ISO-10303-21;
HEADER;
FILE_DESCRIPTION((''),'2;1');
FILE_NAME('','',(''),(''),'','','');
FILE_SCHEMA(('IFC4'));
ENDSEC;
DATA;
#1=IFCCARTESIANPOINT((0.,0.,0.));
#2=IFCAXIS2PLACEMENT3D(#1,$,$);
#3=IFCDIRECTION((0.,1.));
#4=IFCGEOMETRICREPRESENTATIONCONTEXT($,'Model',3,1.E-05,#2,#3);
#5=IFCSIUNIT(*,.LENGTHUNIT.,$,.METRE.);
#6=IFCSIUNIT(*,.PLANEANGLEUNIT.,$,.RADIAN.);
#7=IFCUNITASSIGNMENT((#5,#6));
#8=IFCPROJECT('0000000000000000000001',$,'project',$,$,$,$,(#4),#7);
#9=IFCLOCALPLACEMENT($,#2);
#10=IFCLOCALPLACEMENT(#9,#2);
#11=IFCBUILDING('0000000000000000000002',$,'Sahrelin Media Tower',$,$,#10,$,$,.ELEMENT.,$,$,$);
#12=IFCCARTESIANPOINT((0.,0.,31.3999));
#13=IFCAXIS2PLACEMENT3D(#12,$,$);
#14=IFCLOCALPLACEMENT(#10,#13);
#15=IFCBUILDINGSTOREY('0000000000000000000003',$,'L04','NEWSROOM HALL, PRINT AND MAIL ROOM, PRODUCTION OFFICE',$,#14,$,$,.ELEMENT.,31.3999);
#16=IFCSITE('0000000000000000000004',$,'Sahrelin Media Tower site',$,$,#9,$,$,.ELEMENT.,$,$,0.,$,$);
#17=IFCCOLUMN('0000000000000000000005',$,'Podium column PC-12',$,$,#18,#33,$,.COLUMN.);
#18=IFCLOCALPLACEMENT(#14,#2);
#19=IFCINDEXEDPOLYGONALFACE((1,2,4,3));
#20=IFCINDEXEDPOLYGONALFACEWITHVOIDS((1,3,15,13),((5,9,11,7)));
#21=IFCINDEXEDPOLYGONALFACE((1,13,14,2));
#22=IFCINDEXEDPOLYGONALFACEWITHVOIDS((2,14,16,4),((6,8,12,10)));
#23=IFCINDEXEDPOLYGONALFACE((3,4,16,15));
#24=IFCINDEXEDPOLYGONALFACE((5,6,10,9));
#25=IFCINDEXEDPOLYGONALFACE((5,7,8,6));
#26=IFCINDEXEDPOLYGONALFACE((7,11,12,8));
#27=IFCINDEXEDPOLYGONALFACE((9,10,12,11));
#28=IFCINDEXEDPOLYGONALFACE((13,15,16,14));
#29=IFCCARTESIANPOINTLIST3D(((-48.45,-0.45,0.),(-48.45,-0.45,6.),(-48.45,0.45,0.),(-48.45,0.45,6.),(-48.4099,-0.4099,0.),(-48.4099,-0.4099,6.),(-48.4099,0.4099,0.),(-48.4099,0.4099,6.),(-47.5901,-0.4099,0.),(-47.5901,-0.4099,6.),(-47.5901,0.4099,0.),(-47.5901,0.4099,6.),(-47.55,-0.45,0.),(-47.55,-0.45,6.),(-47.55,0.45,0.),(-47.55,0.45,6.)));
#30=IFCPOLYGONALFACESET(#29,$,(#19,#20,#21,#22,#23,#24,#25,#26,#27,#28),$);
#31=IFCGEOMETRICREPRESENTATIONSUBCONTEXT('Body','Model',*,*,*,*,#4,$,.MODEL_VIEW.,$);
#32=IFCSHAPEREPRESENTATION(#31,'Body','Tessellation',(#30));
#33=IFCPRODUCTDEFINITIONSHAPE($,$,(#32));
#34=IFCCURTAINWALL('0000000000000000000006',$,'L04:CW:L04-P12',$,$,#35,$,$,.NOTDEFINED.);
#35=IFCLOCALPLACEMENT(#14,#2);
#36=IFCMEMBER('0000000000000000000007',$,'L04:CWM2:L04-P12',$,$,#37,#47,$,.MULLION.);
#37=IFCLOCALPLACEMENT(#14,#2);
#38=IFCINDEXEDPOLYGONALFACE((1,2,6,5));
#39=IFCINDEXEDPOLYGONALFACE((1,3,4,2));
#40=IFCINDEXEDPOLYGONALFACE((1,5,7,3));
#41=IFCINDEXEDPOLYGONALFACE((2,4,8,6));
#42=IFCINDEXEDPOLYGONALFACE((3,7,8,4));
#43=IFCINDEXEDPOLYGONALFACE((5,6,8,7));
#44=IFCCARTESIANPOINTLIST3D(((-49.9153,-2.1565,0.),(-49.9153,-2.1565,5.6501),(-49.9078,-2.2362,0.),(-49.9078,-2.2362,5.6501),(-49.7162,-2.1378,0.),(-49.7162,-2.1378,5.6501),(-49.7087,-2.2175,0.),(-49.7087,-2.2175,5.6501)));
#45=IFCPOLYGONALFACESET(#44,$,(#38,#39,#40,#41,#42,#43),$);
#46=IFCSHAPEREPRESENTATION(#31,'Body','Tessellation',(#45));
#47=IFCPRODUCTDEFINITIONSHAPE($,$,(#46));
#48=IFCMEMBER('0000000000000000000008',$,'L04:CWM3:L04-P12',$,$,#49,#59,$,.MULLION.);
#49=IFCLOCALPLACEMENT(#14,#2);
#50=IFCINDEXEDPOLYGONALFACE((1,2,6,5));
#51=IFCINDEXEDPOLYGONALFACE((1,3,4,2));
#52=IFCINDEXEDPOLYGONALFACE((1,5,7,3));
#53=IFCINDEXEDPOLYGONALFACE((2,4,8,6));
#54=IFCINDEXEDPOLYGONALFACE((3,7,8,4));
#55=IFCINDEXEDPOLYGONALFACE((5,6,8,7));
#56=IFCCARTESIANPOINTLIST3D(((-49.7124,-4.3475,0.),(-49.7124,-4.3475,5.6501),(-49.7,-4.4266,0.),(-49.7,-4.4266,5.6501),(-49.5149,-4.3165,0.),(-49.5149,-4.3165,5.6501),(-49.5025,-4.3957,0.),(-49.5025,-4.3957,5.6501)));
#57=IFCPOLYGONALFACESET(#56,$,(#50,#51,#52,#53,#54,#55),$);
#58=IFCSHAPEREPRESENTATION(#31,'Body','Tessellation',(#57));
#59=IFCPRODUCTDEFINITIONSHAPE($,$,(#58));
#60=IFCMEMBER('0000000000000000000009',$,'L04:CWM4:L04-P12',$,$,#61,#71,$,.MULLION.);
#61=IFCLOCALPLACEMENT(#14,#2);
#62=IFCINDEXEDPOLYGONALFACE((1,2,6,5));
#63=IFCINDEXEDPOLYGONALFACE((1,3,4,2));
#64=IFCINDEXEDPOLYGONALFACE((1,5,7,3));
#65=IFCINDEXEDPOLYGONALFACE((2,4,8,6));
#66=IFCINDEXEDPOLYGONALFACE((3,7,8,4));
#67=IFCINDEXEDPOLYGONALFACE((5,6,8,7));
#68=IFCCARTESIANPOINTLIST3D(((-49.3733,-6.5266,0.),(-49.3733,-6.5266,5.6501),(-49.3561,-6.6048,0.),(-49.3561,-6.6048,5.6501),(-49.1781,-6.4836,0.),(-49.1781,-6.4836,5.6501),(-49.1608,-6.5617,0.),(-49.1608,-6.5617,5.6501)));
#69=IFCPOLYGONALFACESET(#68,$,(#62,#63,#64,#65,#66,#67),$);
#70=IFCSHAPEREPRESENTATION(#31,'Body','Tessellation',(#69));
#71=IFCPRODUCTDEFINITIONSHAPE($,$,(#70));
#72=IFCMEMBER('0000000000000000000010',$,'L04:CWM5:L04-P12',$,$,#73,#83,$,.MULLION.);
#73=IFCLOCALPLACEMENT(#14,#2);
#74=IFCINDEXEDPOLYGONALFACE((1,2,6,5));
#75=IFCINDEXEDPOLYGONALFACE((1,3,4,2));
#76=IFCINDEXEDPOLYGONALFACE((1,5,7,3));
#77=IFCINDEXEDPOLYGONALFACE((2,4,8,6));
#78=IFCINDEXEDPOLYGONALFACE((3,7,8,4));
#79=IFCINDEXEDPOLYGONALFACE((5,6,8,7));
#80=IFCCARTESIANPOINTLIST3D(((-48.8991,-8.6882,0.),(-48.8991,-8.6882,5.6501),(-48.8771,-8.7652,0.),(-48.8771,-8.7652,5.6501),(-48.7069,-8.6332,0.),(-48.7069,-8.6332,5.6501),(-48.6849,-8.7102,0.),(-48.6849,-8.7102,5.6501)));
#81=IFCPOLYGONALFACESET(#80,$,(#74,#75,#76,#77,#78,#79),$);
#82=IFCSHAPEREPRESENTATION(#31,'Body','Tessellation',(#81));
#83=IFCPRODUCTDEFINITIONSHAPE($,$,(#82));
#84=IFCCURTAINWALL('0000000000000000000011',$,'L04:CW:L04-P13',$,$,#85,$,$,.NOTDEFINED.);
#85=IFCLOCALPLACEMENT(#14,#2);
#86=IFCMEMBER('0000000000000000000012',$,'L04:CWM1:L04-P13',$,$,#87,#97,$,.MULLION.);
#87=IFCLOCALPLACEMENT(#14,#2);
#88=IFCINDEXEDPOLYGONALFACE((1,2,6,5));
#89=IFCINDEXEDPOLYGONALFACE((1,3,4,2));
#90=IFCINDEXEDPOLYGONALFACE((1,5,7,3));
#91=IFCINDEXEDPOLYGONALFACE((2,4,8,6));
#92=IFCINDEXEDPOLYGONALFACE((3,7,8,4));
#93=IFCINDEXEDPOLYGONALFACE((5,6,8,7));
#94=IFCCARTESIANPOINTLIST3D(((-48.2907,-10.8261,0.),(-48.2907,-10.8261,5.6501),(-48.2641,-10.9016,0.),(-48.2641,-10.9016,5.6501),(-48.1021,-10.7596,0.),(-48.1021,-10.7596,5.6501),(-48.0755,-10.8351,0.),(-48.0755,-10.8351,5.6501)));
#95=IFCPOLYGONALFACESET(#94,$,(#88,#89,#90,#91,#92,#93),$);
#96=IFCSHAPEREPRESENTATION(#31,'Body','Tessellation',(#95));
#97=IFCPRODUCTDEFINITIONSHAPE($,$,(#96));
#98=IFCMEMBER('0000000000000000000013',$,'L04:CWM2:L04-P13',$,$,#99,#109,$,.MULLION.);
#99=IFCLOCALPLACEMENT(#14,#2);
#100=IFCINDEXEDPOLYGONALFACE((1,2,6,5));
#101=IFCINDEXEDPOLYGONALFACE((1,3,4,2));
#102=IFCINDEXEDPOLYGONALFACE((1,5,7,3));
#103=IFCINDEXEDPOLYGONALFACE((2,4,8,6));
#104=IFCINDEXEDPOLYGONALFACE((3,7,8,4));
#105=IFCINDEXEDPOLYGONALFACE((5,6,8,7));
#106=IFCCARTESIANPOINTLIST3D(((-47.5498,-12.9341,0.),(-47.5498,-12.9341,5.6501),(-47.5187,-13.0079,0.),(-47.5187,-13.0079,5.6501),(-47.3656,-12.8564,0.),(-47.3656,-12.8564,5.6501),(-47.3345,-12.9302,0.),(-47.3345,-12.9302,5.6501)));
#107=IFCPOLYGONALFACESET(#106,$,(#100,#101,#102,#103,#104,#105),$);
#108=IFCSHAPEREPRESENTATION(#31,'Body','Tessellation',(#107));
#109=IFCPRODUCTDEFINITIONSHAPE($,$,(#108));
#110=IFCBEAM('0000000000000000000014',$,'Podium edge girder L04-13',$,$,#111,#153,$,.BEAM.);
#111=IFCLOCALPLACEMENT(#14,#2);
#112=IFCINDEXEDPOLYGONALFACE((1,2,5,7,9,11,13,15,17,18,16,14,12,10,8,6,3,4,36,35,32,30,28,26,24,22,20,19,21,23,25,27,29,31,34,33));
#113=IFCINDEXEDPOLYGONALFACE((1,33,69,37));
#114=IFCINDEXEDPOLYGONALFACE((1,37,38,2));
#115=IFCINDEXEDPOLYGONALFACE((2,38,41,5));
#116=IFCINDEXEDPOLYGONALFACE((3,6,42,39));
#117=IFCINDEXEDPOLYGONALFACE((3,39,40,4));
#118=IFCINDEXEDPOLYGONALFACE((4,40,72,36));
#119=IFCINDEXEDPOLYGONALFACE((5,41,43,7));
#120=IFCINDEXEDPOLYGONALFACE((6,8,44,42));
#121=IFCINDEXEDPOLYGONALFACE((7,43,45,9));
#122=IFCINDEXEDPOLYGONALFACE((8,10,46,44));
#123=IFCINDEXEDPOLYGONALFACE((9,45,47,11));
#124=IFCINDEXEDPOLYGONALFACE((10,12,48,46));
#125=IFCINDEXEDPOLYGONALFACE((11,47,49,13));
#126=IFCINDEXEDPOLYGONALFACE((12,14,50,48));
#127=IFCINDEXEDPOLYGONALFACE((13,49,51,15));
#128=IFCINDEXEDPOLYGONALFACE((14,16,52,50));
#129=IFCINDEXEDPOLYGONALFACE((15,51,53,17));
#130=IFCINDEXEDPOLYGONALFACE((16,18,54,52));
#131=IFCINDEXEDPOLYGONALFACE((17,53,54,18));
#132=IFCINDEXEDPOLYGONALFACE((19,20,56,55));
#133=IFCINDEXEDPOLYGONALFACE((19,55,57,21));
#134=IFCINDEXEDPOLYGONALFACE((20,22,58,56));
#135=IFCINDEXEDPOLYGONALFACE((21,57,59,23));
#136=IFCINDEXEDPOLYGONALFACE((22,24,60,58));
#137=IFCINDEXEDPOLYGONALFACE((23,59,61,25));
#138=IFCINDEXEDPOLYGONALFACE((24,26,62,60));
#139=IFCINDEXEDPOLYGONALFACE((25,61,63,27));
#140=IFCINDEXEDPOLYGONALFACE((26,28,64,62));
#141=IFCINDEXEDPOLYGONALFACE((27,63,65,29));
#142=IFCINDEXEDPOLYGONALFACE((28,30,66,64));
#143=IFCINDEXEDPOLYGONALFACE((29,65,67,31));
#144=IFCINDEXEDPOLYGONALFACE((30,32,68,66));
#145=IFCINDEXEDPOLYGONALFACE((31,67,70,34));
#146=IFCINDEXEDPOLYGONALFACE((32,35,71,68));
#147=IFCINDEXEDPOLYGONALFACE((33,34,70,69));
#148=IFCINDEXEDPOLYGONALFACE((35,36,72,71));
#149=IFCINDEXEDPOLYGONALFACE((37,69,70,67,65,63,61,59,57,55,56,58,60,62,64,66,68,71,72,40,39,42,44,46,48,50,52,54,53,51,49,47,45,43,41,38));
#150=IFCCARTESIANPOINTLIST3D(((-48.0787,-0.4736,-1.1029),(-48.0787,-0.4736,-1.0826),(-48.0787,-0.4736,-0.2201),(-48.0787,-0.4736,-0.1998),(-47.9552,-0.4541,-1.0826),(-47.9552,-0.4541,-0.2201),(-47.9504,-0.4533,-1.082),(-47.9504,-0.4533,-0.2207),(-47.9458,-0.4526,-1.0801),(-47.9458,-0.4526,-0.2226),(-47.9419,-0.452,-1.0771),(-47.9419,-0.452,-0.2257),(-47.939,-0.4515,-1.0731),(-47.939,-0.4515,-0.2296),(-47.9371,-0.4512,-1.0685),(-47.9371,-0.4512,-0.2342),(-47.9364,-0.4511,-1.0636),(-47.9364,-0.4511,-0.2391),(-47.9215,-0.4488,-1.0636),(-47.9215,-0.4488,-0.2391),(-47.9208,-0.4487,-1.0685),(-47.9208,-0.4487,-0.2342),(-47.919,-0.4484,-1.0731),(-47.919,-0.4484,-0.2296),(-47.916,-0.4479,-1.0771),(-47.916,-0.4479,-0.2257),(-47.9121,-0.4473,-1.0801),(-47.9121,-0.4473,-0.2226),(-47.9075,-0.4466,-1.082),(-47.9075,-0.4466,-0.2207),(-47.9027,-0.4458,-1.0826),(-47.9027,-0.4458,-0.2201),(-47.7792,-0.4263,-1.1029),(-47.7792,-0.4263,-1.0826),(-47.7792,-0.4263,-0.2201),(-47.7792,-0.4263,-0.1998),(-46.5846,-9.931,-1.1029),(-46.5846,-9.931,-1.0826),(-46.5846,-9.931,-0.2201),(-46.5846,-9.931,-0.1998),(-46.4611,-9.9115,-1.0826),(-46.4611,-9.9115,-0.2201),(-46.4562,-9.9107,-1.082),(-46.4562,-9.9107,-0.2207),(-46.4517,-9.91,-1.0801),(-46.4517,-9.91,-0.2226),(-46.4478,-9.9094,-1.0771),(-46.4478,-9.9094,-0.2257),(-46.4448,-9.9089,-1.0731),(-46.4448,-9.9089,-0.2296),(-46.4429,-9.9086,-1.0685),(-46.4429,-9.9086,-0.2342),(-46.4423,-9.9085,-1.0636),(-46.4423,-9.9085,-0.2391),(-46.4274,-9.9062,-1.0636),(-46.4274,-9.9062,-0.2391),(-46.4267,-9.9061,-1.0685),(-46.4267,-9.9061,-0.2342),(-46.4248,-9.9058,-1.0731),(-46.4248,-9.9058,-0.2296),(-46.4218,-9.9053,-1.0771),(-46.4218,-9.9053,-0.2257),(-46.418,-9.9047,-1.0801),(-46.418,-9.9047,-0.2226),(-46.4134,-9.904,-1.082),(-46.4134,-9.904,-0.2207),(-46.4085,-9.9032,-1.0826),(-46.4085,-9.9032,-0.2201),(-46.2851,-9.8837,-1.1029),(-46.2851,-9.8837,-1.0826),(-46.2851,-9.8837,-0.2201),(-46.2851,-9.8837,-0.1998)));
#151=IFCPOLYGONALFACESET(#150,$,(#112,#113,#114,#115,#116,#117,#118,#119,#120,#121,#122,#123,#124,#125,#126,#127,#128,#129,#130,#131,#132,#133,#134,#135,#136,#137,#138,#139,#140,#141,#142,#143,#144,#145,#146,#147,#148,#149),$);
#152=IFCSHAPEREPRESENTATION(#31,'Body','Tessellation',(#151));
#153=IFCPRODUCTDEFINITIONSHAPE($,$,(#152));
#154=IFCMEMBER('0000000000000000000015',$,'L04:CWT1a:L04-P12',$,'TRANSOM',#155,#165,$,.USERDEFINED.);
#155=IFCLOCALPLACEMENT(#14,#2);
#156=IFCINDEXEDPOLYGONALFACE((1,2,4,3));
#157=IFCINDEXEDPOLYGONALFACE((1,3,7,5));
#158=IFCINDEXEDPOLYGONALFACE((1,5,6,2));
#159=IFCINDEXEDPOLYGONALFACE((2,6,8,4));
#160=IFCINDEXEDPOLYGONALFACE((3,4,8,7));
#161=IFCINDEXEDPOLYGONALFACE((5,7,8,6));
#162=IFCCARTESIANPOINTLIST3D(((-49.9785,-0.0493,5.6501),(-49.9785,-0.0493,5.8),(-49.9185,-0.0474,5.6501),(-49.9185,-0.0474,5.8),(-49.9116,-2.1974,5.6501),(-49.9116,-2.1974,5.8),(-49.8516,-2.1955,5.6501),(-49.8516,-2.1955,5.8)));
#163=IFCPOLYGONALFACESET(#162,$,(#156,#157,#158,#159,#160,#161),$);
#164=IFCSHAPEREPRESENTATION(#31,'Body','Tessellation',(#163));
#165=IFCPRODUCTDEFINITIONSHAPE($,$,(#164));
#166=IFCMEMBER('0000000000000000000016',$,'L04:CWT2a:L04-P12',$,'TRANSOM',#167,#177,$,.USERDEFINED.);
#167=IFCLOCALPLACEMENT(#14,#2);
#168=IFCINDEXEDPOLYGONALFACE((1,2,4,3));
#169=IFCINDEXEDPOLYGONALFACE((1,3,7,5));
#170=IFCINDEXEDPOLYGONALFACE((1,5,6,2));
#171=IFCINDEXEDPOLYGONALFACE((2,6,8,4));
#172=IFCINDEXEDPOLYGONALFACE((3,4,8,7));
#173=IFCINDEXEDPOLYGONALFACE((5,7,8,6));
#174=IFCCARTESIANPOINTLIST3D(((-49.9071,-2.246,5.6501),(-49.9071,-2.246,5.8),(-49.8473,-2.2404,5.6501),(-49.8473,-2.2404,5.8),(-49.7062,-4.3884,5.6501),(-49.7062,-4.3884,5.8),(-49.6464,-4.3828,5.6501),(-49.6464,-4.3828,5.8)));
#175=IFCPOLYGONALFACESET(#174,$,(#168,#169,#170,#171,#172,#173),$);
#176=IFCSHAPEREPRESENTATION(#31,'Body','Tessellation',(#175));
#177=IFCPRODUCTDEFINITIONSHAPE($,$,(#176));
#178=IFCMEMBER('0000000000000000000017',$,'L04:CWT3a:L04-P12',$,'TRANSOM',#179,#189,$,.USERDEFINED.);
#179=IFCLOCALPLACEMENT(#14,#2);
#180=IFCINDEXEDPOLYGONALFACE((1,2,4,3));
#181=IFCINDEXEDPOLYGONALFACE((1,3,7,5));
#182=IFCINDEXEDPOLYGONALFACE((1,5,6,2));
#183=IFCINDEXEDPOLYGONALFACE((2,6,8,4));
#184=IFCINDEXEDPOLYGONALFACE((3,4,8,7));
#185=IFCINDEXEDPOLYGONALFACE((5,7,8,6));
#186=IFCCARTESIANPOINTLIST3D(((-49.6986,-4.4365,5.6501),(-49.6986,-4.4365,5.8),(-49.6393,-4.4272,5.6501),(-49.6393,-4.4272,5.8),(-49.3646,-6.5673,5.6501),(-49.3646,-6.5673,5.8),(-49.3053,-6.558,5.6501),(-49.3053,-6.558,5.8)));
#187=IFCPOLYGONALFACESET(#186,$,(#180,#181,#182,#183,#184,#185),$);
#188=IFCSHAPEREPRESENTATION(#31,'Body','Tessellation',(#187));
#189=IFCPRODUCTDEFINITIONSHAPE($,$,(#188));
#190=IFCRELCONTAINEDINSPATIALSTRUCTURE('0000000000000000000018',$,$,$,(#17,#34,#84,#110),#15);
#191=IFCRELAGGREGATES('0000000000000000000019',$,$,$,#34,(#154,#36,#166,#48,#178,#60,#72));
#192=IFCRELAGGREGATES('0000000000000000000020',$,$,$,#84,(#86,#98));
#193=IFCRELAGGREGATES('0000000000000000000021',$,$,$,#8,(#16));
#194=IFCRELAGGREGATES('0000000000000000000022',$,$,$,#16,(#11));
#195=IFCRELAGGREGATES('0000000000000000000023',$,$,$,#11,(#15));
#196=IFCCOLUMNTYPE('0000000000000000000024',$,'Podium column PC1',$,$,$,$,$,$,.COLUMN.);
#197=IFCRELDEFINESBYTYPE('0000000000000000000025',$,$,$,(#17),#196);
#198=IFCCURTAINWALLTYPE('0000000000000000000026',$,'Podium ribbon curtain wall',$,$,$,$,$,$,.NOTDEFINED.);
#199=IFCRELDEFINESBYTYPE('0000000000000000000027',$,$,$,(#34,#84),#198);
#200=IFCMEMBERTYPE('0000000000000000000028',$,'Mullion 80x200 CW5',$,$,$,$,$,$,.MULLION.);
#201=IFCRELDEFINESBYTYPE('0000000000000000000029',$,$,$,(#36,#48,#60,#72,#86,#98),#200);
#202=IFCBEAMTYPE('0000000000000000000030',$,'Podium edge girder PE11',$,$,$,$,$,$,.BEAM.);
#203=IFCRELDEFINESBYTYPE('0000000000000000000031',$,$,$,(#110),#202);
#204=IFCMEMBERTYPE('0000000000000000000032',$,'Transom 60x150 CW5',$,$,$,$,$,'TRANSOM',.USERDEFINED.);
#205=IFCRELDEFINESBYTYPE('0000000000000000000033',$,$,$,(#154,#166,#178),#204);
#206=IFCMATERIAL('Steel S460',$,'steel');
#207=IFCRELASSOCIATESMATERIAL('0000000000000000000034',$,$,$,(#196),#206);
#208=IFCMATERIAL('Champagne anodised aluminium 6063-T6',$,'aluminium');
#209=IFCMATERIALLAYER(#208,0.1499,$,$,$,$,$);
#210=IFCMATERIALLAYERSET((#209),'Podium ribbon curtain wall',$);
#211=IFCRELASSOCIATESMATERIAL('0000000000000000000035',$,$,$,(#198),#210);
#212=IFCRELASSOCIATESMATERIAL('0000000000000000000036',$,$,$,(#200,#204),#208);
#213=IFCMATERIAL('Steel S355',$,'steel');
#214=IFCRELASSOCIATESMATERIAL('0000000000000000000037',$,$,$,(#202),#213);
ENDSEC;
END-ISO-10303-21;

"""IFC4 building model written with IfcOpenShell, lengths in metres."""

from ifc_helpers import new_model, si_unit, direction, frame, origin, origin_2d, place, context, subcontext, project, spatial, rectangle, hollow_rectangle, i_section, extrude, material, layer, layer_set, material_profile, profile_set, type_object, element, aggregate, save


model = new_model("IFC4")

# Units and contexts
model_context = context("Model", 3, precision=1e-05, world=origin(), true_north=direction((0.0, 1.0)))
body_context = subcontext(model_context, "Body", "Model", "MODEL_VIEW")
ifc_project = project(units=[si_unit("LENGTHUNIT", "METRE"), si_unit("PLANEANGLEUNIT", "RADIAN")], contexts=[model_context])

# Site, building, storey
site_placement = place(None, origin())
site = spatial("IfcSite", under=ifc_project, at=site_placement, Name="Sahrelin Media Tower site", CompositionType="ELEMENT", RefElevation=0.0)
building_placement = place(site_placement, origin())
building = spatial("IfcBuilding", under=site, at=building_placement, Name="Sahrelin Media Tower", CompositionType="ELEMENT")
storey_placement = place(building_placement, frame((0.0, 0.0, 31.3999)))
storey = spatial("IfcBuildingStorey", under=building, at=storey_placement, Name="L04", Description="NEWSROOM HALL, PRINT AND MAIL ROOM, PRODUCTION OFFICE", CompositionType="ELEMENT", Elevation=31.3999)

# Column
ifc_material_1 = material(Name="Steel S460", Category="steel")
ifc_material_profile_1 = material_profile(ifc_material_1, hollow_rectangle(XDim=0.8999, YDim=0.8999, WallThickness=0.04, at=origin_2d()), Name="Podium column PC1")
ifc_profile_set_1 = profile_set([ifc_material_profile_1], Name="Steel S460")
column_type = type_object("IfcColumnType", Name="Podium column PC1", PredefinedType="COLUMN", material=ifc_profile_set_1)
column_placement = place(storey_placement, frame((-48.0, 0.0, 0.0), z_axis=(0.0, 0.0, 1.0), x_axis=(-1.0, 0.0, 0.0)))
element("IfcColumn", 1, at=column_placement, inside=storey, type_object=column_type, Name="Podium column PC-12", PredefinedType="COLUMN", context=body_context, shape_type="SweptSolid", body=[
    extrude(hollow_rectangle(XDim=0.8999, YDim=0.8999, WallThickness=0.04, at=origin_2d()), origin(), (0.0, 0.0, 1.0), 6.0),
])

# Curtain walls, members
ifc_material_2 = material(Name="Champagne anodised aluminium 6063-T6", Category="aluminium")
ifc_layer_1 = layer(ifc_material_2, 0.1499)
ifc_layer_set_1 = layer_set([ifc_layer_1], Name="Podium ribbon curtain wall")
curtain_wall_type = type_object("IfcCurtainWallType", Name="Podium ribbon curtain wall", PredefinedType="NOTDEFINED", material=ifc_layer_set_1)
curtain_wall_1_placement = place(storey_placement, frame((-50.0, 0.0, 0.0), z_axis=(0.0, 0.0, 1.0), x_axis=(1.0, 0.0, 0.0)))
curtain_wall_1 = element("IfcCurtainWall", 2, at=curtain_wall_1_placement, inside=storey, type_object=curtain_wall_type, Name="L04:CW:L04-P12", PredefinedType="NOTDEFINED")
ifc_material_profile_2 = material_profile(ifc_material_2, rectangle(XDim=0.0801, YDim=0.2, at=origin_2d()), Name="Mullion 80x200")
ifc_profile_set_2 = profile_set([ifc_material_profile_2], Name="Champagne anodised aluminium 6063-T6")
member_type_1 = type_object("IfcMemberType", Name="Mullion 80x200 CW5", PredefinedType="MULLION", material=ifc_profile_set_2)
member_1_placement = place(storey_placement, frame((-49.812, -2.187, 0.0), z_axis=(0.0, 0.0, 1.0), x_axis=(0.093292, -0.995639, 0.0)))
member_1 = element("IfcMember", 3, at=member_1_placement, type_object=member_type_1, Name="L04:CWM2:L04-P12", PredefinedType="MULLION", context=body_context, shape_type="SweptSolid", body=[
    extrude(rectangle(XDim=0.0801, YDim=0.2, at=origin_2d()), origin(), (0.0, 0.0, 1.0), 5.6501),
])
member_2_placement = place(storey_placement, frame((-49.6074, -4.3716, 0.0), z_axis=(0.0, 0.0, 1.0), x_axis=(0.154852, -0.987938, 0.0)))
member_2 = element("IfcMember", 4, at=member_2_placement, type_object=member_type_1, Name="L04:CWM3:L04-P12", PredefinedType="MULLION", context=body_context, shape_type="SweptSolid", body=[
    extrude(rectangle(XDim=0.0801, YDim=0.2, at=origin_2d()), origin(), (0.0, 0.0, 1.0), 5.6501),
])
member_3_placement = place(storey_placement, frame((-49.2671, -6.5442, 0.0), z_axis=(0.0, 0.0, 1.0), x_axis=(0.215438, -0.976518, 0.0)))
member_3 = element("IfcMember", 5, at=member_3_placement, type_object=member_type_1, Name="L04:CWM4:L04-P12", PredefinedType="MULLION", context=body_context, shape_type="SweptSolid", body=[
    extrude(rectangle(XDim=0.0801, YDim=0.2, at=origin_2d()), origin(), (0.0, 0.0, 1.0), 5.6501),
])
member_4_placement = place(storey_placement, frame((-48.792, -8.6992, 0.0), z_axis=(0.0, 0.0, 1.0), x_axis=(0.27481, -0.961499, 0.0)))
member_4 = element("IfcMember", 6, at=member_4_placement, type_object=member_type_1, Name="L04:CWM5:L04-P12", PredefinedType="MULLION", context=body_context, shape_type="SweptSolid", body=[
    extrude(rectangle(XDim=0.0801, YDim=0.2, at=origin_2d()), origin(), (0.0, 0.0, 1.0), 5.6501),
])
curtain_wall_2_placement = place(storey_placement, frame((-48.2964, -10.8704, 0.0), z_axis=(0.0, 0.0, 1.0), x_axis=(1.0, 0.0, 0.0)))
curtain_wall_2 = element("IfcCurtainWall", 7, at=curtain_wall_2_placement, inside=storey, type_object=curtain_wall_type, Name="L04:CW:L04-P13", PredefinedType="NOTDEFINED")
member_5_placement = place(storey_placement, frame((-48.1831, -10.8306, 0.0), z_axis=(0.0, 0.0, 1.0), x_axis=(0.332579, -0.943075, 0.0)))
member_5 = element("IfcMember", 8, at=member_5_placement, type_object=member_type_1, Name="L04:CWM1:L04-P13", PredefinedType="MULLION", context=body_context, shape_type="SweptSolid", body=[
    extrude(rectangle(XDim=0.0801, YDim=0.2, at=origin_2d()), origin(), (0.0, 0.0, 1.0), 5.6501),
])
member_6_placement = place(storey_placement, frame((-47.4421, -12.9321, 0.0), z_axis=(0.0, 0.0, 1.0), x_axis=(0.38845, -0.92147, 0.0)))
member_6 = element("IfcMember", 9, at=member_6_placement, type_object=member_type_1, Name="L04:CWM2:L04-P13", PredefinedType="MULLION", context=body_context, shape_type="SweptSolid", body=[
    extrude(rectangle(XDim=0.0801, YDim=0.2, at=origin_2d()), origin(), (0.0, 0.0, 1.0), 5.6501),
])

# Beam
ifc_material_3 = material(Name="Steel S355", Category="steel")
ifc_material_profile_3 = material_profile(ifc_material_3, i_section(OverallWidth=0.3032, OverallDepth=0.9031, WebThickness=0.0151, FlangeThickness=0.0203, FilletRadius=0.019, at=origin_2d()), Name="UB 914x305x201")
ifc_profile_set_3 = profile_set([ifc_material_profile_3], Name="Steel S355")
beam_type = type_object("IfcBeamType", Name="Podium edge girder PE11", PredefinedType="BEAM", material=ifc_profile_set_3)
beam_placement = place(storey_placement, frame((-47.929, -0.45, -0.6514), z_axis=(0.156049, -0.987749, 0.0), x_axis=(0.987749, 0.156049, 0.0)))
element("IfcBeam", 10, at=beam_placement, inside=storey, type_object=beam_type, Name="Podium edge girder L04-13", PredefinedType="BEAM", context=body_context, shape_type="SweptSolid", body=[
    extrude(i_section(OverallWidth=0.3032, OverallDepth=0.9031, WebThickness=0.0151, FlangeThickness=0.0203, FilletRadius=0.019, at=origin_2d()), origin(), (0.0, 0.0, 1.0), 9.5747),
])

# Members
ifc_material_profile_4 = material_profile(ifc_material_2, rectangle(XDim=0.0601, YDim=0.1499, at=origin_2d()), Name="Transom 60x150")
ifc_profile_set_4 = profile_set([ifc_material_profile_4], Name="Champagne anodised aluminium 6063-T6")
member_type_2 = type_object("IfcMemberType", Name="Transom 60x150 CW5", ElementType="TRANSOM", PredefinedType="USERDEFINED", material=ifc_profile_set_4)
member_7_placement = place(storey_placement, frame((-49.9485, -0.0483, 5.7251), z_axis=(0.031125, -0.999516, 0.0), x_axis=(0.999516, 0.031125, 0.0)))
member_7 = element("IfcMember", 11, at=member_7_placement, type_object=member_type_2, Name="L04:CWT1a:L04-P12", ObjectType="TRANSOM", PredefinedType="USERDEFINED", context=body_context, shape_type="SweptSolid", body=[
    extrude(rectangle(XDim=0.0601, YDim=0.1499, at=origin_2d()), origin(), (0.0, 0.0, 1.0), 2.1492),
])
member_8_placement = place(storey_placement, frame((-49.8772, -2.2432, 5.7251), z_axis=(0.093379, -0.995631, 0.0), x_axis=(0.995631, 0.093379, 0.0)))
member_8 = element("IfcMember", 12, at=member_8_placement, type_object=member_type_2, Name="L04:CWT2a:L04-P12", ObjectType="TRANSOM", PredefinedType="USERDEFINED", context=body_context, shape_type="SweptSolid", body=[
    extrude(rectangle(XDim=0.0601, YDim=0.1499, at=origin_2d()), origin(), (0.0, 0.0, 1.0), 2.1519),
])
member_9_placement = place(storey_placement, frame((-49.6689, -4.4319, 5.7251), z_axis=(0.154864, -0.987936, 0.0), x_axis=(0.987936, 0.154864, 0.0)))
member_9 = element("IfcMember", 13, at=member_9_placement, type_object=member_type_2, Name="L04:CWT3a:L04-P12", ObjectType="TRANSOM", PredefinedType="USERDEFINED", context=body_context, shape_type="SweptSolid", body=[
    extrude(rectangle(XDim=0.0601, YDim=0.1499, at=origin_2d()), origin(), (0.0, 0.0, 1.0), 2.1567),
])

aggregate(curtain_wall_1, [member_7, member_1, member_8, member_2, member_9, member_3, member_4])
aggregate(curtain_wall_2, [member_5, member_6])

save(model, "model.ifc")
